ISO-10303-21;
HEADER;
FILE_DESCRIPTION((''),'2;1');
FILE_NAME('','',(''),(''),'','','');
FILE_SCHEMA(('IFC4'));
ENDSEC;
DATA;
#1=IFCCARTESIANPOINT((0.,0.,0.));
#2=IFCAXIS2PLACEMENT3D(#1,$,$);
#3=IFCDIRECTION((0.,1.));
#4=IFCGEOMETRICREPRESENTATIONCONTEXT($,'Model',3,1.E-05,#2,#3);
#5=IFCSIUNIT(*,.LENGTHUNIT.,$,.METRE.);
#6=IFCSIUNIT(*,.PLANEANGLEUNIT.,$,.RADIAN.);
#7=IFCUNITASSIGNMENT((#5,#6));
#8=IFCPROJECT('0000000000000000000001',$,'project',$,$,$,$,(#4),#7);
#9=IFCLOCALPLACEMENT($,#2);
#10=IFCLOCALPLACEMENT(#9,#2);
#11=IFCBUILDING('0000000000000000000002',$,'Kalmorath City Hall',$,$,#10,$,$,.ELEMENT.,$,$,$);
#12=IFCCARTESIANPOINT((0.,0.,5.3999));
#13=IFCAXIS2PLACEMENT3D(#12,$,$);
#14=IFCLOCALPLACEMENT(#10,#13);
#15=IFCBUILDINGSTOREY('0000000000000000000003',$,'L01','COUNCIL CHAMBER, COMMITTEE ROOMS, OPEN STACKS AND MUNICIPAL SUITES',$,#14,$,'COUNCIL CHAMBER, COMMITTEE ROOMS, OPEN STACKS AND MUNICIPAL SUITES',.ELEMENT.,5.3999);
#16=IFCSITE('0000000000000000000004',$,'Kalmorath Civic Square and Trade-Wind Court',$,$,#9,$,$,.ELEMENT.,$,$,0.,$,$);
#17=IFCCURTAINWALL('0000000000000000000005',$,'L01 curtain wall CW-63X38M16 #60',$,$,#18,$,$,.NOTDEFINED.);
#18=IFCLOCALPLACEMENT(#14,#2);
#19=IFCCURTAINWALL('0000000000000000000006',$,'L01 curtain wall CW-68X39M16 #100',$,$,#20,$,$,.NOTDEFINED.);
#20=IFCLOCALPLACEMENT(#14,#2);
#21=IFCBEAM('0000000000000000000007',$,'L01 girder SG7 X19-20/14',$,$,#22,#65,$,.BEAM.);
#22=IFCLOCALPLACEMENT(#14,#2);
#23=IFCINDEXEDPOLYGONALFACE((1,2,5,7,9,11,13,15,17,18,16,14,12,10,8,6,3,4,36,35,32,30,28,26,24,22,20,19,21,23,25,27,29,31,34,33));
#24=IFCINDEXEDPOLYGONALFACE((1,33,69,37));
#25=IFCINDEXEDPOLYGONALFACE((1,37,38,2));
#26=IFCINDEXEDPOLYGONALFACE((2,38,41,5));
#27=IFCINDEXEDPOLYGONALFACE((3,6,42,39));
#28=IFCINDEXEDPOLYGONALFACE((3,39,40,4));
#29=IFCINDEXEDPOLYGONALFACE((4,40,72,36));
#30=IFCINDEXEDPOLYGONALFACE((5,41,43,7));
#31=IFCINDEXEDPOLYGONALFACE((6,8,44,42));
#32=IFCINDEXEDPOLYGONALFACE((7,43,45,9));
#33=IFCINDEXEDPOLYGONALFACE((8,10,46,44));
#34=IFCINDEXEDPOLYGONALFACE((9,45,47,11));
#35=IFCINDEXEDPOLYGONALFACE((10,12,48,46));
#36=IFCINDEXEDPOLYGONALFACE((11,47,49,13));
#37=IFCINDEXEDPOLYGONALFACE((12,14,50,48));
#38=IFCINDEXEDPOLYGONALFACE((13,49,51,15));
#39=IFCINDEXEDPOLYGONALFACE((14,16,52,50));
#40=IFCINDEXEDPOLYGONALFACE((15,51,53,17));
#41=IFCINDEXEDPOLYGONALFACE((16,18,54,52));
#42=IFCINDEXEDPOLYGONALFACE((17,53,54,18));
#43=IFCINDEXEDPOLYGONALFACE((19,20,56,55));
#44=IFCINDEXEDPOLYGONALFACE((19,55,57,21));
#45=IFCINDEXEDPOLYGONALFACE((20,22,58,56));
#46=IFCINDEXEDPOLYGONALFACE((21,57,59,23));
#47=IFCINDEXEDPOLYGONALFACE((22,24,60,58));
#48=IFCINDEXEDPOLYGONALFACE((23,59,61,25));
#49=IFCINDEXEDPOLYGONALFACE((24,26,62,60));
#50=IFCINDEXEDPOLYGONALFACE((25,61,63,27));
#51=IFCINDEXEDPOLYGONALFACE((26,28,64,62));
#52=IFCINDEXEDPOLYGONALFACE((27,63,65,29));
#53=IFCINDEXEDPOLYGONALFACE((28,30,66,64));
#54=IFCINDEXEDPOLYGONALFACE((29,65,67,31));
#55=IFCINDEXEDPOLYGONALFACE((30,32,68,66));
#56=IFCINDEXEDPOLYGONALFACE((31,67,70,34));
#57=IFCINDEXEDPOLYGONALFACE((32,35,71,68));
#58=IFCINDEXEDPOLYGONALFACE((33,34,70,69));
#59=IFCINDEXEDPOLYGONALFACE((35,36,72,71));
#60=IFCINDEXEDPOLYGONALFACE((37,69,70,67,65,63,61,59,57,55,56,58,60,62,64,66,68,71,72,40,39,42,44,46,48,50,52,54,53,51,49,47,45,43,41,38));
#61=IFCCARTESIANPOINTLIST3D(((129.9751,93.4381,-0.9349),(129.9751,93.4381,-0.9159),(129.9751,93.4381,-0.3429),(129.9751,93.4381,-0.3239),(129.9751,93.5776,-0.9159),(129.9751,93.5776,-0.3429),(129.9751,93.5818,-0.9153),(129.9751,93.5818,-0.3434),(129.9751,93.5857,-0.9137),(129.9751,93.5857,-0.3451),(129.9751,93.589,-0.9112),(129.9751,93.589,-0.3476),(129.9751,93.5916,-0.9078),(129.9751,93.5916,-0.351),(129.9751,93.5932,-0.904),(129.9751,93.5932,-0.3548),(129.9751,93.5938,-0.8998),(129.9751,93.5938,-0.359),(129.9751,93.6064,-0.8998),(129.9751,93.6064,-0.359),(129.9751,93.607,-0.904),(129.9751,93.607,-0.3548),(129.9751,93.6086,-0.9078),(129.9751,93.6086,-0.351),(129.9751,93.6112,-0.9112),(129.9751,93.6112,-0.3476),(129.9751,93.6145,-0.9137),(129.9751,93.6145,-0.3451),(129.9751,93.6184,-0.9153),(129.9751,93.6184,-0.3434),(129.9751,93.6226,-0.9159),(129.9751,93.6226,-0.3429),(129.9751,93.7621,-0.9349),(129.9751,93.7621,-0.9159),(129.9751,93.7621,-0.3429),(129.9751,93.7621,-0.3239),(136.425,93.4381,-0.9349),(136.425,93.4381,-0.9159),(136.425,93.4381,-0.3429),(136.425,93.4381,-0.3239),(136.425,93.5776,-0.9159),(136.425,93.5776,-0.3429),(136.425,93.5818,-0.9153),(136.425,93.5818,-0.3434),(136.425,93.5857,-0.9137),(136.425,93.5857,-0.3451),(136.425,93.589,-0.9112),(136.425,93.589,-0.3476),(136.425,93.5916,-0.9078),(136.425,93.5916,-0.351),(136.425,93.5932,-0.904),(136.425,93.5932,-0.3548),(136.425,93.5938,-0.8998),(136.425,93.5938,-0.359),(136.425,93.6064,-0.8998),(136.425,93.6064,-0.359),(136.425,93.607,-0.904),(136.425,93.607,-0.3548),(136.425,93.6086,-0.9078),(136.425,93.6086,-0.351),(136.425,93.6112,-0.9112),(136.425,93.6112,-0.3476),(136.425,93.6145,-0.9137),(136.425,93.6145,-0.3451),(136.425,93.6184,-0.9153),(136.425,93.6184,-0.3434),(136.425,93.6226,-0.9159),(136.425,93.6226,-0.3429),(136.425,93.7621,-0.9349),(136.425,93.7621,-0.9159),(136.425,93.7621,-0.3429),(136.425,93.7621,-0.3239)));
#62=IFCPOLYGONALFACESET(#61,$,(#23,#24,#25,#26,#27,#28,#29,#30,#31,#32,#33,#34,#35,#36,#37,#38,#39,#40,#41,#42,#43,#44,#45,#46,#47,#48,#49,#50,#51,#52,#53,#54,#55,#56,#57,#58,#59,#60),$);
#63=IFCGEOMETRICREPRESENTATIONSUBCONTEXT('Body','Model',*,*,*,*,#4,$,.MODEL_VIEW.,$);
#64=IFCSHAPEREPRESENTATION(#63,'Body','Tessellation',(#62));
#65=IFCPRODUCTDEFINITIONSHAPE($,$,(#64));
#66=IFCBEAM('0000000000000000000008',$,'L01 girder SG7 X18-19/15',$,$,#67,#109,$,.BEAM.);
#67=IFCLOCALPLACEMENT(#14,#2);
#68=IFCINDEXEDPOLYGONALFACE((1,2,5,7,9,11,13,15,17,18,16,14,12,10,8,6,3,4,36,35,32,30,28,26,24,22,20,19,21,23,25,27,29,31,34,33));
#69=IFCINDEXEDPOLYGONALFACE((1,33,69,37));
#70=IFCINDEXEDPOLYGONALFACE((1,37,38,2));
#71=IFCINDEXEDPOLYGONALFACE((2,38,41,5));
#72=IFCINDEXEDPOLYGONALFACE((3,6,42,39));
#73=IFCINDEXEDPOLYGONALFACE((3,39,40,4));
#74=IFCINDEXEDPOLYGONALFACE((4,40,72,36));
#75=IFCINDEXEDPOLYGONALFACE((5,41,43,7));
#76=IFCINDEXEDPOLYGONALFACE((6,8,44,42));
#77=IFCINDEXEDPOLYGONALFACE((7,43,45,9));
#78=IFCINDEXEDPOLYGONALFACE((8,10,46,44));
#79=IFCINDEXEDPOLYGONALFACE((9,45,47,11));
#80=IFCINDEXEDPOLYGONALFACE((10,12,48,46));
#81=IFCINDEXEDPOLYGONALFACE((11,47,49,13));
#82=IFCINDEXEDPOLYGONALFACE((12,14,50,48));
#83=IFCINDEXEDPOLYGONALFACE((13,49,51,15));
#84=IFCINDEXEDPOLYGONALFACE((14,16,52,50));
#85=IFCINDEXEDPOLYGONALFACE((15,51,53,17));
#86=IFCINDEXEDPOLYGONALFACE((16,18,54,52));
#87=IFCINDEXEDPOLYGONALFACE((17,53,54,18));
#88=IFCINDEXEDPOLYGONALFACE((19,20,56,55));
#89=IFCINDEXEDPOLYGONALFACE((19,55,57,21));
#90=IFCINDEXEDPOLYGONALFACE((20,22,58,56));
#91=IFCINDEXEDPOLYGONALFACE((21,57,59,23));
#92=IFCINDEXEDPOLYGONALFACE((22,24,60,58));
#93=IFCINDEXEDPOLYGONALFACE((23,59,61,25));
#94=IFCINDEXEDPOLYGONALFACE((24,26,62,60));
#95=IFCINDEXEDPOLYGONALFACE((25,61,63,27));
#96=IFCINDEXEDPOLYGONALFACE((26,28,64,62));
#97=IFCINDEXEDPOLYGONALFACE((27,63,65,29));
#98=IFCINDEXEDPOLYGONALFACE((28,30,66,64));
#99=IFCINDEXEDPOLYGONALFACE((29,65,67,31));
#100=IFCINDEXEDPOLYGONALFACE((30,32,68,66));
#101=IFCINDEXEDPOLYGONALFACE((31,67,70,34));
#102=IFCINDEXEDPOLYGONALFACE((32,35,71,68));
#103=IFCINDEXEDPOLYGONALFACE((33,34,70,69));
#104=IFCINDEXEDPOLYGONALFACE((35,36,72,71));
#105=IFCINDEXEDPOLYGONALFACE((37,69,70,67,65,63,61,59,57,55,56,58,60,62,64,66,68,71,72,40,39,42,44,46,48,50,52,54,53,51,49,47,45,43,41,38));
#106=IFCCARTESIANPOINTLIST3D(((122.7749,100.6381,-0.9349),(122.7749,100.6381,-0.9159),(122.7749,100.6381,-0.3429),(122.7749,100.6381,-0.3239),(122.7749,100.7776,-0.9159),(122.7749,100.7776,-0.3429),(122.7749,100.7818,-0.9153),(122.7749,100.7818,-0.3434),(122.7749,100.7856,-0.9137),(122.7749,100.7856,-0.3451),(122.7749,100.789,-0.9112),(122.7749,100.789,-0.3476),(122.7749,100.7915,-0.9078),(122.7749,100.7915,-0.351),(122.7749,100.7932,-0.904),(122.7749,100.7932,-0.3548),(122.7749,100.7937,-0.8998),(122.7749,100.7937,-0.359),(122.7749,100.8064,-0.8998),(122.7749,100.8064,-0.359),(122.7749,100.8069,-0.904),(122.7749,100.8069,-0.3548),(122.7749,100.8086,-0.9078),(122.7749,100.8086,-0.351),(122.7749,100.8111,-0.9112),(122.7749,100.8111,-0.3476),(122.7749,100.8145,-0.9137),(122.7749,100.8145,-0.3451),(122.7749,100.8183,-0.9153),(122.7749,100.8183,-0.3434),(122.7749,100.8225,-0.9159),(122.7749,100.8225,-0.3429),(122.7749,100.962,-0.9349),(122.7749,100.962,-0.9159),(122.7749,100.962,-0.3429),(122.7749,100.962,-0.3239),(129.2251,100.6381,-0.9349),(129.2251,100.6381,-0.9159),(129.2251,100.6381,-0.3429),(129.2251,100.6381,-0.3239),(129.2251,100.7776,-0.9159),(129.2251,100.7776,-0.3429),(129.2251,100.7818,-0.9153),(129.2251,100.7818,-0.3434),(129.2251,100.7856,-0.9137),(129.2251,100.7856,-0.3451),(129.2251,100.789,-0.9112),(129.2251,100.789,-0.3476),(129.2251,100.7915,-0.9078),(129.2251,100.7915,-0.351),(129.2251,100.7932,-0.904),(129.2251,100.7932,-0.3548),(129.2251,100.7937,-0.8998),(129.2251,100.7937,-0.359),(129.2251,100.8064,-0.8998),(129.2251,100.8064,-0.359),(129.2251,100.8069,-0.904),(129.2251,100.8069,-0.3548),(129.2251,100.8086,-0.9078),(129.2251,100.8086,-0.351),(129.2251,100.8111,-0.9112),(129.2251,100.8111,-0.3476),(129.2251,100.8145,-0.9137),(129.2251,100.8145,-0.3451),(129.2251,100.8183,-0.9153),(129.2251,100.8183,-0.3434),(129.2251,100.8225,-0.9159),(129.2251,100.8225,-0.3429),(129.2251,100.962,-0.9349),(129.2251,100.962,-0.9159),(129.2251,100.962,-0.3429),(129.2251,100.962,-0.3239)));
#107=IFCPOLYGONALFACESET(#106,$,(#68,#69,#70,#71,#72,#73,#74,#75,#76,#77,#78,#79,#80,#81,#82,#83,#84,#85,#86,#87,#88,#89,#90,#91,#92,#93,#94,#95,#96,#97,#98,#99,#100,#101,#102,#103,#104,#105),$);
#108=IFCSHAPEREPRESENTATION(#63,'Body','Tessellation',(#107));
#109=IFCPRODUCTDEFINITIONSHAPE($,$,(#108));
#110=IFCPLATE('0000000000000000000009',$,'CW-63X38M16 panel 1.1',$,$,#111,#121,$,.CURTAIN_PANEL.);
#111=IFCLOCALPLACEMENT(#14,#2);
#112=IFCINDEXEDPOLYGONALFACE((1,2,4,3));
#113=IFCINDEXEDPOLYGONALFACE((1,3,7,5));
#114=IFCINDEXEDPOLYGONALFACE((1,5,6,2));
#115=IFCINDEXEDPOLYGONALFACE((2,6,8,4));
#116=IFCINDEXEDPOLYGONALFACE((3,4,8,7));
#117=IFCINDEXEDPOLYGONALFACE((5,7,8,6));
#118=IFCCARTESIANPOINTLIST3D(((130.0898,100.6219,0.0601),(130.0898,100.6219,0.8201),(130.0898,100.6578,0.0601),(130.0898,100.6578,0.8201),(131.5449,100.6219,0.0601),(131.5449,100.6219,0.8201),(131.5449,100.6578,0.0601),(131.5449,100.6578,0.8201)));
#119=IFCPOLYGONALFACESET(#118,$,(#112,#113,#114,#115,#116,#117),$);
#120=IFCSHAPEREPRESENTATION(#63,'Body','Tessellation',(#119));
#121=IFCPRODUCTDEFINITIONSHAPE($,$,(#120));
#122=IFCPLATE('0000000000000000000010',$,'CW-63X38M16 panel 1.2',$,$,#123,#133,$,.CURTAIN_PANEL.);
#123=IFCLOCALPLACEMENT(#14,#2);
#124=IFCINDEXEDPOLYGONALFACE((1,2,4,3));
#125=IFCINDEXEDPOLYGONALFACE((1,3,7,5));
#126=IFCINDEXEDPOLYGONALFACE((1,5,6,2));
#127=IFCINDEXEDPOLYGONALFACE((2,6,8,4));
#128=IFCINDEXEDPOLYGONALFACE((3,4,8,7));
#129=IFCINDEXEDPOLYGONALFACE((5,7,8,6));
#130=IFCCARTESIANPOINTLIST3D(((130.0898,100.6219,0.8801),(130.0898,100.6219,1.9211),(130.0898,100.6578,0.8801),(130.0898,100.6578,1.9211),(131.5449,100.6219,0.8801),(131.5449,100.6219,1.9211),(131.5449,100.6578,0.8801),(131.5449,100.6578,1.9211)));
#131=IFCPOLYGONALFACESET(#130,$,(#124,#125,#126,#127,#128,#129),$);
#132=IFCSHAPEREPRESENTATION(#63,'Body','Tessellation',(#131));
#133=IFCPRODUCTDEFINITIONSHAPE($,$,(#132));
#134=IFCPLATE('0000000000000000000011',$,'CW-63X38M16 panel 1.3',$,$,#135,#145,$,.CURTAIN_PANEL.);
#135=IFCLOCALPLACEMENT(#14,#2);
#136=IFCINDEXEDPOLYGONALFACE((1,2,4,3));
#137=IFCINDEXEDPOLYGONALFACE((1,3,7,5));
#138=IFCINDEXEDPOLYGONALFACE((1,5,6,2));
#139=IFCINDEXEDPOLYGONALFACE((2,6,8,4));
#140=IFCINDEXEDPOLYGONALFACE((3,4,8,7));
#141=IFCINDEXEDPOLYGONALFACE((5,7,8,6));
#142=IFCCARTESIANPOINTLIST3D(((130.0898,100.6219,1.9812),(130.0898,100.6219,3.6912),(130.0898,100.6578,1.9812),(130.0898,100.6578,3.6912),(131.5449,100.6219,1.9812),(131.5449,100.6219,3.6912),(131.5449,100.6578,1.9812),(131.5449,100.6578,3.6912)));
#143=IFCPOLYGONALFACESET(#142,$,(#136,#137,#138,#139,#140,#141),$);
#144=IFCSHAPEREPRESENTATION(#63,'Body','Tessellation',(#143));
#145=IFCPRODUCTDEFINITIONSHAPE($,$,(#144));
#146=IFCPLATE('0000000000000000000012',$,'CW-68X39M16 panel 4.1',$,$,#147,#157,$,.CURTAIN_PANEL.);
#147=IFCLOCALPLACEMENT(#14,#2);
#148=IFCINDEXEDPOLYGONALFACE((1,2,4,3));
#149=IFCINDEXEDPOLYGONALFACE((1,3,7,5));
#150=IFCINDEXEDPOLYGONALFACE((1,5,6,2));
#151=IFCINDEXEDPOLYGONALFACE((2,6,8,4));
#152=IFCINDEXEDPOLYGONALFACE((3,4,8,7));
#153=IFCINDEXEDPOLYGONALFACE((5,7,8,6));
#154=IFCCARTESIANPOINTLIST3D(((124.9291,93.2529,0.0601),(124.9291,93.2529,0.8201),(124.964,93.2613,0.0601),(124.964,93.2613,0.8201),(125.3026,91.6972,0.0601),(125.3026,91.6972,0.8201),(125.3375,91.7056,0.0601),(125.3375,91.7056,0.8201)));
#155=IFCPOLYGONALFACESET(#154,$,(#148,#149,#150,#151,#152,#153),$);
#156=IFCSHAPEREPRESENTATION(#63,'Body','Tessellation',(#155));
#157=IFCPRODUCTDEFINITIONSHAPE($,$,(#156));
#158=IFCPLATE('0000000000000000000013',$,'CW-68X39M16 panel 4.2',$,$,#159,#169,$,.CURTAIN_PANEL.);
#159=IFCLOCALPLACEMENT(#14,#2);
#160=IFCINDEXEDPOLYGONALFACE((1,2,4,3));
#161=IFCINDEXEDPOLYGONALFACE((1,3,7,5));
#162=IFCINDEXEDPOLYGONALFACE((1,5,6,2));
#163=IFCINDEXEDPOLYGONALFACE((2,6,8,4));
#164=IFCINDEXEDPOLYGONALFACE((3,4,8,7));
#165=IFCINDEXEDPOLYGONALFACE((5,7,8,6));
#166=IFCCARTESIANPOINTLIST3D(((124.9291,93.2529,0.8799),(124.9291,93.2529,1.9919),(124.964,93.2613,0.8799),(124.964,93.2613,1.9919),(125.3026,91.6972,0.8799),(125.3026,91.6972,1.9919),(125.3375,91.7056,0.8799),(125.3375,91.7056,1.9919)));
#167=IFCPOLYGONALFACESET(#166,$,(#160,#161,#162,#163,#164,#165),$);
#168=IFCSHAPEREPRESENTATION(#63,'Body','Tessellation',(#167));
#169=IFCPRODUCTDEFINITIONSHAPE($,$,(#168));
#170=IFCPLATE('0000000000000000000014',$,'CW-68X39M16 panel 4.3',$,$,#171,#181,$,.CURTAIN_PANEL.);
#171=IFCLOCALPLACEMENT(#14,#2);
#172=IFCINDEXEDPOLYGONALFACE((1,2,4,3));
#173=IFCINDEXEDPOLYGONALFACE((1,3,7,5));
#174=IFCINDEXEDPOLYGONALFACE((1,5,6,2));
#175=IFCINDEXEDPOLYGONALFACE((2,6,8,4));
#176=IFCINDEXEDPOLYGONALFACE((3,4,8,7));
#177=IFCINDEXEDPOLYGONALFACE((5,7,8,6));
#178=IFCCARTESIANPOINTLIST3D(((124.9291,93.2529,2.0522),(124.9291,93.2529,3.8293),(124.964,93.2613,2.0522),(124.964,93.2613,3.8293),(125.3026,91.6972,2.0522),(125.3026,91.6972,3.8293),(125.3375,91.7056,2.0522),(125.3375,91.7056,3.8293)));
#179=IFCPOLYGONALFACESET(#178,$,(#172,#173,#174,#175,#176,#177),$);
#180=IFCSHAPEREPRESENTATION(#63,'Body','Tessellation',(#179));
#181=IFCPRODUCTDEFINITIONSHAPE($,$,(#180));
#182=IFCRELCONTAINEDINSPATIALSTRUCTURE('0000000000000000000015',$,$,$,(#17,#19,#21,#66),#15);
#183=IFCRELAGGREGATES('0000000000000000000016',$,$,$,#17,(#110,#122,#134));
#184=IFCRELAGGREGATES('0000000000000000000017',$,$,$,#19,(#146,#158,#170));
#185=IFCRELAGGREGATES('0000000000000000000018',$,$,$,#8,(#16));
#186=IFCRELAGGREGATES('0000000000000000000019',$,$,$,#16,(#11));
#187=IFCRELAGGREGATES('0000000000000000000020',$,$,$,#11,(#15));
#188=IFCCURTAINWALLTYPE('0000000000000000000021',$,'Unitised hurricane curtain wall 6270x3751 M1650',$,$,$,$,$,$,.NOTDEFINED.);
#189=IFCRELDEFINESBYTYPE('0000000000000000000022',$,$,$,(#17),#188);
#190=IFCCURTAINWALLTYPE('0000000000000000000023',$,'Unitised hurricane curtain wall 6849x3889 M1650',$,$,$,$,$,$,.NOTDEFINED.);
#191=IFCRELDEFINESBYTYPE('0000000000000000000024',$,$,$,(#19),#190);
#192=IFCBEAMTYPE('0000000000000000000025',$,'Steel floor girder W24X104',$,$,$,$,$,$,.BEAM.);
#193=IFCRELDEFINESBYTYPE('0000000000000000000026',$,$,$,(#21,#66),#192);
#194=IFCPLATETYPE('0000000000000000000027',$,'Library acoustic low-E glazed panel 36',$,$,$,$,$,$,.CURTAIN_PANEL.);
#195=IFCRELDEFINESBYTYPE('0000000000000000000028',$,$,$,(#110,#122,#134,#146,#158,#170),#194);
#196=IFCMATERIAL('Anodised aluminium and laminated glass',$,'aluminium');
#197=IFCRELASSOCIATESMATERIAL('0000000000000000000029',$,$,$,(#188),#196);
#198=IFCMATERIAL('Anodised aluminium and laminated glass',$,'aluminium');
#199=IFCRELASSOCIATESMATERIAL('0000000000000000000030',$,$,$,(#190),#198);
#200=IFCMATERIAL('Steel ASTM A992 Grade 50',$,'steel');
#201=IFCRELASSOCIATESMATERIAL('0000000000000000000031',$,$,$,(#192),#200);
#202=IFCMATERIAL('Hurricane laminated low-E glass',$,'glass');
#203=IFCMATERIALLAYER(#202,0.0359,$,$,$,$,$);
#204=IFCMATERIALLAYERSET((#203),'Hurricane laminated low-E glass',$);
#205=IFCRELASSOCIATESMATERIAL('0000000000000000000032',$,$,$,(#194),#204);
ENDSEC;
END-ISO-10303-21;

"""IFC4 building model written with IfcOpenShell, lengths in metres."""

from ifc_helpers import new_model, si_unit, direction, frame, origin, origin_2d, place, context, subcontext, project, spatial, rectangle, i_section, extrude, material, layer, layer_set, material_profile, profile_set, type_object, element, aggregate, save


model = new_model("IFC4")

# Units and contexts
model_context = context("Model", 3, precision=1e-05, world=origin(), true_north=direction((0.0, 1.0)))
body_context = subcontext(model_context, "Body", "Model", "MODEL_VIEW")
ifc_project = project(units=[si_unit("LENGTHUNIT", "METRE"), si_unit("PLANEANGLEUNIT", "RADIAN")], contexts=[model_context])

# Site, building, storey
site_placement = place(None, origin())
site = spatial("IfcSite", under=ifc_project, at=site_placement, Name="Kalmorath Civic Square and Trade-Wind Court", CompositionType="ELEMENT", RefElevation=0.0)
building_placement = place(site_placement, origin())
building = spatial("IfcBuilding", under=site, at=building_placement, Name="Kalmorath City Hall", CompositionType="ELEMENT")
storey_placement = place(building_placement, frame((0.0, 0.0, 5.3999)))
storey = spatial("IfcBuildingStorey", under=building, at=storey_placement, Name="L01", Description="COUNCIL CHAMBER, COMMITTEE ROOMS, OPEN STACKS AND MUNICIPAL SUITES", LongName="COUNCIL CHAMBER, COMMITTEE ROOMS, OPEN STACKS AND MUNICIPAL SUITES", CompositionType="ELEMENT", Elevation=5.3999)

# Curtain wall
ifc_material_1 = material(Name="Anodised aluminium and laminated glass", Category="aluminium")
curtain_wall_type_1 = type_object("IfcCurtainWallType", Name="Unitised hurricane curtain wall 6270x3751 M1650", PredefinedType="NOTDEFINED", material=ifc_material_1)
curtain_wall_1_placement = place(storey_placement, origin())
curtain_wall_1 = element("IfcCurtainWall", 1, at=curtain_wall_1_placement, inside=storey, type_object=curtain_wall_type_1, Name="L01 curtain wall CW-63X38M16 #60", PredefinedType="NOTDEFINED")

# Curtain wall
ifc_material_2 = material(Name="Anodised aluminium and laminated glass", Category="aluminium")
curtain_wall_type_2 = type_object("IfcCurtainWallType", Name="Unitised hurricane curtain wall 6849x3889 M1650", PredefinedType="NOTDEFINED", material=ifc_material_2)
curtain_wall_2_placement = place(storey_placement, origin())
curtain_wall_2 = element("IfcCurtainWall", 2, at=curtain_wall_2_placement, inside=storey, type_object=curtain_wall_type_2, Name="L01 curtain wall CW-68X39M16 #100", PredefinedType="NOTDEFINED")

# Beams
ifc_material_3 = material(Name="Steel ASTM A992 Grade 50", Category="steel")
ifc_material_profile_1 = material_profile(ifc_material_3, i_section(OverallWidth=0.324, OverallDepth=0.6111, WebThickness=0.0127, FlangeThickness=0.019, FilletRadius=0.0161, at=origin_2d()), Name="W24X104")
ifc_profile_set_1 = profile_set([ifc_material_profile_1], Name="Steel ASTM A992 Grade 50")
beam_type_1 = type_object("IfcBeamType", Name="Steel floor girder W24X104", PredefinedType="BEAM", material=ifc_profile_set_1)
beam_1_placement = place(storey_placement, frame((129.9751, 93.6001, -0.6294), z_axis=(1.0, 0.0, 0.0), x_axis=(0.0, 1.0, 0.0)))
element("IfcBeam", 3, at=beam_1_placement, inside=storey, type_object=beam_type_1, Name="L01 girder SG7 X19-20/14", PredefinedType="BEAM", context=body_context, shape_type="SweptSolid", body=[
    extrude(i_section(OverallWidth=0.324, OverallDepth=0.6111, WebThickness=0.0127, FlangeThickness=0.019, FilletRadius=0.0161, at=origin_2d()), origin(), (0.0, 0.0, 1.0), 6.45),
])
beam_2_placement = place(storey_placement, frame((122.7749, 100.8, -0.6294), z_axis=(1.0, 0.0, 0.0), x_axis=(0.0, 1.0, 0.0)))
element("IfcBeam", 4, at=beam_2_placement, inside=storey, type_object=beam_type_1, Name="L01 girder SG7 X18-19/15", PredefinedType="BEAM", context=body_context, shape_type="SweptSolid", body=[
    extrude(i_section(OverallWidth=0.324, OverallDepth=0.6111, WebThickness=0.0127, FlangeThickness=0.019, FilletRadius=0.0161, at=origin_2d()), origin(), (0.0, 0.0, 1.0), 6.4502),
])

# Plates
ifc_material_4 = material(Name="Hurricane laminated low-E glass", Category="glass")
ifc_layer_1 = layer(ifc_material_4, 0.0359)
ifc_layer_set_1 = layer_set([ifc_layer_1], Name="Hurricane laminated low-E glass")
plate_type = type_object("IfcPlateType", Name="Library acoustic low-E glazed panel 36", PredefinedType="CURTAIN_PANEL", material=ifc_layer_set_1)
plate_1_placement = place(storey_placement, frame((130.8174, 100.6399, 0.0601), z_axis=(0.0, 0.0, 1.0), x_axis=(1.0, 0.0, 0.0)))
plate_1 = element("IfcPlate", 5, at=plate_1_placement, type_object=plate_type, Name="CW-63X38M16 panel 1.1", PredefinedType="CURTAIN_PANEL", context=body_context, shape_type="SweptSolid", body=[
    extrude(rectangle(XDim=1.4551, YDim=0.0359, at=origin_2d()), origin(), (0.0, 0.0, 1.0), 0.76),
])
plate_2_placement = place(storey_placement, frame((130.8174, 100.6399, 0.8801), z_axis=(0.0, 0.0, 1.0), x_axis=(1.0, 0.0, 0.0)))
plate_2 = element("IfcPlate", 6, at=plate_2_placement, type_object=plate_type, Name="CW-63X38M16 panel 1.2", PredefinedType="CURTAIN_PANEL", context=body_context, shape_type="SweptSolid", body=[
    extrude(rectangle(XDim=1.4551, YDim=0.0359, at=origin_2d()), origin(), (0.0, 0.0, 1.0), 1.041),
])
plate_3_placement = place(storey_placement, frame((130.8174, 100.6399, 1.9812), z_axis=(0.0, 0.0, 1.0), x_axis=(1.0, 0.0, 0.0)))
plate_3 = element("IfcPlate", 7, at=plate_3_placement, type_object=plate_type, Name="CW-63X38M16 panel 1.3", PredefinedType="CURTAIN_PANEL", context=body_context, shape_type="SweptSolid", body=[
    extrude(rectangle(XDim=1.4551, YDim=0.0359, at=origin_2d()), origin(), (0.0, 0.0, 1.0), 1.71),
])
aggregate(curtain_wall_1, [plate_1, plate_2, plate_3])
plate_4_placement = place(storey_placement, frame((125.1333, 92.4792, 0.0601), z_axis=(0.0, 0.0, 1.0), x_axis=(-0.233456, 0.972367, 0.0)))
plate_4 = element("IfcPlate", 8, at=plate_4_placement, type_object=plate_type, Name="CW-68X39M16 panel 4.1", PredefinedType="CURTAIN_PANEL", context=body_context, shape_type="SweptSolid", body=[
    extrude(rectangle(XDim=1.5999, YDim=0.0359, at=origin_2d()), origin(), (0.0, 0.0, 1.0), 0.76),
])
plate_5_placement = place(storey_placement, frame((125.1333, 92.4792, 0.8799), z_axis=(0.0, 0.0, 1.0), x_axis=(-0.233456, 0.972367, 0.0)))
plate_5 = element("IfcPlate", 9, at=plate_5_placement, type_object=plate_type, Name="CW-68X39M16 panel 4.2", PredefinedType="CURTAIN_PANEL", context=body_context, shape_type="SweptSolid", body=[
    extrude(rectangle(XDim=1.5999, YDim=0.0359, at=origin_2d()), origin(), (0.0, 0.0, 1.0), 1.1121),
])
plate_6_placement = place(storey_placement, frame((125.1333, 92.4792, 2.0522), z_axis=(0.0, 0.0, 1.0), x_axis=(-0.233456, 0.972367, 0.0)))
plate_6 = element("IfcPlate", 10, at=plate_6_placement, type_object=plate_type, Name="CW-68X39M16 panel 4.3", PredefinedType="CURTAIN_PANEL", context=body_context, shape_type="SweptSolid", body=[
    extrude(rectangle(XDim=1.5999, YDim=0.0359, at=origin_2d()), origin(), (0.0, 0.0, 1.0), 1.7771),
])
aggregate(curtain_wall_2, [plate_4, plate_5, plate_6])

save(model, "model.ifc")
